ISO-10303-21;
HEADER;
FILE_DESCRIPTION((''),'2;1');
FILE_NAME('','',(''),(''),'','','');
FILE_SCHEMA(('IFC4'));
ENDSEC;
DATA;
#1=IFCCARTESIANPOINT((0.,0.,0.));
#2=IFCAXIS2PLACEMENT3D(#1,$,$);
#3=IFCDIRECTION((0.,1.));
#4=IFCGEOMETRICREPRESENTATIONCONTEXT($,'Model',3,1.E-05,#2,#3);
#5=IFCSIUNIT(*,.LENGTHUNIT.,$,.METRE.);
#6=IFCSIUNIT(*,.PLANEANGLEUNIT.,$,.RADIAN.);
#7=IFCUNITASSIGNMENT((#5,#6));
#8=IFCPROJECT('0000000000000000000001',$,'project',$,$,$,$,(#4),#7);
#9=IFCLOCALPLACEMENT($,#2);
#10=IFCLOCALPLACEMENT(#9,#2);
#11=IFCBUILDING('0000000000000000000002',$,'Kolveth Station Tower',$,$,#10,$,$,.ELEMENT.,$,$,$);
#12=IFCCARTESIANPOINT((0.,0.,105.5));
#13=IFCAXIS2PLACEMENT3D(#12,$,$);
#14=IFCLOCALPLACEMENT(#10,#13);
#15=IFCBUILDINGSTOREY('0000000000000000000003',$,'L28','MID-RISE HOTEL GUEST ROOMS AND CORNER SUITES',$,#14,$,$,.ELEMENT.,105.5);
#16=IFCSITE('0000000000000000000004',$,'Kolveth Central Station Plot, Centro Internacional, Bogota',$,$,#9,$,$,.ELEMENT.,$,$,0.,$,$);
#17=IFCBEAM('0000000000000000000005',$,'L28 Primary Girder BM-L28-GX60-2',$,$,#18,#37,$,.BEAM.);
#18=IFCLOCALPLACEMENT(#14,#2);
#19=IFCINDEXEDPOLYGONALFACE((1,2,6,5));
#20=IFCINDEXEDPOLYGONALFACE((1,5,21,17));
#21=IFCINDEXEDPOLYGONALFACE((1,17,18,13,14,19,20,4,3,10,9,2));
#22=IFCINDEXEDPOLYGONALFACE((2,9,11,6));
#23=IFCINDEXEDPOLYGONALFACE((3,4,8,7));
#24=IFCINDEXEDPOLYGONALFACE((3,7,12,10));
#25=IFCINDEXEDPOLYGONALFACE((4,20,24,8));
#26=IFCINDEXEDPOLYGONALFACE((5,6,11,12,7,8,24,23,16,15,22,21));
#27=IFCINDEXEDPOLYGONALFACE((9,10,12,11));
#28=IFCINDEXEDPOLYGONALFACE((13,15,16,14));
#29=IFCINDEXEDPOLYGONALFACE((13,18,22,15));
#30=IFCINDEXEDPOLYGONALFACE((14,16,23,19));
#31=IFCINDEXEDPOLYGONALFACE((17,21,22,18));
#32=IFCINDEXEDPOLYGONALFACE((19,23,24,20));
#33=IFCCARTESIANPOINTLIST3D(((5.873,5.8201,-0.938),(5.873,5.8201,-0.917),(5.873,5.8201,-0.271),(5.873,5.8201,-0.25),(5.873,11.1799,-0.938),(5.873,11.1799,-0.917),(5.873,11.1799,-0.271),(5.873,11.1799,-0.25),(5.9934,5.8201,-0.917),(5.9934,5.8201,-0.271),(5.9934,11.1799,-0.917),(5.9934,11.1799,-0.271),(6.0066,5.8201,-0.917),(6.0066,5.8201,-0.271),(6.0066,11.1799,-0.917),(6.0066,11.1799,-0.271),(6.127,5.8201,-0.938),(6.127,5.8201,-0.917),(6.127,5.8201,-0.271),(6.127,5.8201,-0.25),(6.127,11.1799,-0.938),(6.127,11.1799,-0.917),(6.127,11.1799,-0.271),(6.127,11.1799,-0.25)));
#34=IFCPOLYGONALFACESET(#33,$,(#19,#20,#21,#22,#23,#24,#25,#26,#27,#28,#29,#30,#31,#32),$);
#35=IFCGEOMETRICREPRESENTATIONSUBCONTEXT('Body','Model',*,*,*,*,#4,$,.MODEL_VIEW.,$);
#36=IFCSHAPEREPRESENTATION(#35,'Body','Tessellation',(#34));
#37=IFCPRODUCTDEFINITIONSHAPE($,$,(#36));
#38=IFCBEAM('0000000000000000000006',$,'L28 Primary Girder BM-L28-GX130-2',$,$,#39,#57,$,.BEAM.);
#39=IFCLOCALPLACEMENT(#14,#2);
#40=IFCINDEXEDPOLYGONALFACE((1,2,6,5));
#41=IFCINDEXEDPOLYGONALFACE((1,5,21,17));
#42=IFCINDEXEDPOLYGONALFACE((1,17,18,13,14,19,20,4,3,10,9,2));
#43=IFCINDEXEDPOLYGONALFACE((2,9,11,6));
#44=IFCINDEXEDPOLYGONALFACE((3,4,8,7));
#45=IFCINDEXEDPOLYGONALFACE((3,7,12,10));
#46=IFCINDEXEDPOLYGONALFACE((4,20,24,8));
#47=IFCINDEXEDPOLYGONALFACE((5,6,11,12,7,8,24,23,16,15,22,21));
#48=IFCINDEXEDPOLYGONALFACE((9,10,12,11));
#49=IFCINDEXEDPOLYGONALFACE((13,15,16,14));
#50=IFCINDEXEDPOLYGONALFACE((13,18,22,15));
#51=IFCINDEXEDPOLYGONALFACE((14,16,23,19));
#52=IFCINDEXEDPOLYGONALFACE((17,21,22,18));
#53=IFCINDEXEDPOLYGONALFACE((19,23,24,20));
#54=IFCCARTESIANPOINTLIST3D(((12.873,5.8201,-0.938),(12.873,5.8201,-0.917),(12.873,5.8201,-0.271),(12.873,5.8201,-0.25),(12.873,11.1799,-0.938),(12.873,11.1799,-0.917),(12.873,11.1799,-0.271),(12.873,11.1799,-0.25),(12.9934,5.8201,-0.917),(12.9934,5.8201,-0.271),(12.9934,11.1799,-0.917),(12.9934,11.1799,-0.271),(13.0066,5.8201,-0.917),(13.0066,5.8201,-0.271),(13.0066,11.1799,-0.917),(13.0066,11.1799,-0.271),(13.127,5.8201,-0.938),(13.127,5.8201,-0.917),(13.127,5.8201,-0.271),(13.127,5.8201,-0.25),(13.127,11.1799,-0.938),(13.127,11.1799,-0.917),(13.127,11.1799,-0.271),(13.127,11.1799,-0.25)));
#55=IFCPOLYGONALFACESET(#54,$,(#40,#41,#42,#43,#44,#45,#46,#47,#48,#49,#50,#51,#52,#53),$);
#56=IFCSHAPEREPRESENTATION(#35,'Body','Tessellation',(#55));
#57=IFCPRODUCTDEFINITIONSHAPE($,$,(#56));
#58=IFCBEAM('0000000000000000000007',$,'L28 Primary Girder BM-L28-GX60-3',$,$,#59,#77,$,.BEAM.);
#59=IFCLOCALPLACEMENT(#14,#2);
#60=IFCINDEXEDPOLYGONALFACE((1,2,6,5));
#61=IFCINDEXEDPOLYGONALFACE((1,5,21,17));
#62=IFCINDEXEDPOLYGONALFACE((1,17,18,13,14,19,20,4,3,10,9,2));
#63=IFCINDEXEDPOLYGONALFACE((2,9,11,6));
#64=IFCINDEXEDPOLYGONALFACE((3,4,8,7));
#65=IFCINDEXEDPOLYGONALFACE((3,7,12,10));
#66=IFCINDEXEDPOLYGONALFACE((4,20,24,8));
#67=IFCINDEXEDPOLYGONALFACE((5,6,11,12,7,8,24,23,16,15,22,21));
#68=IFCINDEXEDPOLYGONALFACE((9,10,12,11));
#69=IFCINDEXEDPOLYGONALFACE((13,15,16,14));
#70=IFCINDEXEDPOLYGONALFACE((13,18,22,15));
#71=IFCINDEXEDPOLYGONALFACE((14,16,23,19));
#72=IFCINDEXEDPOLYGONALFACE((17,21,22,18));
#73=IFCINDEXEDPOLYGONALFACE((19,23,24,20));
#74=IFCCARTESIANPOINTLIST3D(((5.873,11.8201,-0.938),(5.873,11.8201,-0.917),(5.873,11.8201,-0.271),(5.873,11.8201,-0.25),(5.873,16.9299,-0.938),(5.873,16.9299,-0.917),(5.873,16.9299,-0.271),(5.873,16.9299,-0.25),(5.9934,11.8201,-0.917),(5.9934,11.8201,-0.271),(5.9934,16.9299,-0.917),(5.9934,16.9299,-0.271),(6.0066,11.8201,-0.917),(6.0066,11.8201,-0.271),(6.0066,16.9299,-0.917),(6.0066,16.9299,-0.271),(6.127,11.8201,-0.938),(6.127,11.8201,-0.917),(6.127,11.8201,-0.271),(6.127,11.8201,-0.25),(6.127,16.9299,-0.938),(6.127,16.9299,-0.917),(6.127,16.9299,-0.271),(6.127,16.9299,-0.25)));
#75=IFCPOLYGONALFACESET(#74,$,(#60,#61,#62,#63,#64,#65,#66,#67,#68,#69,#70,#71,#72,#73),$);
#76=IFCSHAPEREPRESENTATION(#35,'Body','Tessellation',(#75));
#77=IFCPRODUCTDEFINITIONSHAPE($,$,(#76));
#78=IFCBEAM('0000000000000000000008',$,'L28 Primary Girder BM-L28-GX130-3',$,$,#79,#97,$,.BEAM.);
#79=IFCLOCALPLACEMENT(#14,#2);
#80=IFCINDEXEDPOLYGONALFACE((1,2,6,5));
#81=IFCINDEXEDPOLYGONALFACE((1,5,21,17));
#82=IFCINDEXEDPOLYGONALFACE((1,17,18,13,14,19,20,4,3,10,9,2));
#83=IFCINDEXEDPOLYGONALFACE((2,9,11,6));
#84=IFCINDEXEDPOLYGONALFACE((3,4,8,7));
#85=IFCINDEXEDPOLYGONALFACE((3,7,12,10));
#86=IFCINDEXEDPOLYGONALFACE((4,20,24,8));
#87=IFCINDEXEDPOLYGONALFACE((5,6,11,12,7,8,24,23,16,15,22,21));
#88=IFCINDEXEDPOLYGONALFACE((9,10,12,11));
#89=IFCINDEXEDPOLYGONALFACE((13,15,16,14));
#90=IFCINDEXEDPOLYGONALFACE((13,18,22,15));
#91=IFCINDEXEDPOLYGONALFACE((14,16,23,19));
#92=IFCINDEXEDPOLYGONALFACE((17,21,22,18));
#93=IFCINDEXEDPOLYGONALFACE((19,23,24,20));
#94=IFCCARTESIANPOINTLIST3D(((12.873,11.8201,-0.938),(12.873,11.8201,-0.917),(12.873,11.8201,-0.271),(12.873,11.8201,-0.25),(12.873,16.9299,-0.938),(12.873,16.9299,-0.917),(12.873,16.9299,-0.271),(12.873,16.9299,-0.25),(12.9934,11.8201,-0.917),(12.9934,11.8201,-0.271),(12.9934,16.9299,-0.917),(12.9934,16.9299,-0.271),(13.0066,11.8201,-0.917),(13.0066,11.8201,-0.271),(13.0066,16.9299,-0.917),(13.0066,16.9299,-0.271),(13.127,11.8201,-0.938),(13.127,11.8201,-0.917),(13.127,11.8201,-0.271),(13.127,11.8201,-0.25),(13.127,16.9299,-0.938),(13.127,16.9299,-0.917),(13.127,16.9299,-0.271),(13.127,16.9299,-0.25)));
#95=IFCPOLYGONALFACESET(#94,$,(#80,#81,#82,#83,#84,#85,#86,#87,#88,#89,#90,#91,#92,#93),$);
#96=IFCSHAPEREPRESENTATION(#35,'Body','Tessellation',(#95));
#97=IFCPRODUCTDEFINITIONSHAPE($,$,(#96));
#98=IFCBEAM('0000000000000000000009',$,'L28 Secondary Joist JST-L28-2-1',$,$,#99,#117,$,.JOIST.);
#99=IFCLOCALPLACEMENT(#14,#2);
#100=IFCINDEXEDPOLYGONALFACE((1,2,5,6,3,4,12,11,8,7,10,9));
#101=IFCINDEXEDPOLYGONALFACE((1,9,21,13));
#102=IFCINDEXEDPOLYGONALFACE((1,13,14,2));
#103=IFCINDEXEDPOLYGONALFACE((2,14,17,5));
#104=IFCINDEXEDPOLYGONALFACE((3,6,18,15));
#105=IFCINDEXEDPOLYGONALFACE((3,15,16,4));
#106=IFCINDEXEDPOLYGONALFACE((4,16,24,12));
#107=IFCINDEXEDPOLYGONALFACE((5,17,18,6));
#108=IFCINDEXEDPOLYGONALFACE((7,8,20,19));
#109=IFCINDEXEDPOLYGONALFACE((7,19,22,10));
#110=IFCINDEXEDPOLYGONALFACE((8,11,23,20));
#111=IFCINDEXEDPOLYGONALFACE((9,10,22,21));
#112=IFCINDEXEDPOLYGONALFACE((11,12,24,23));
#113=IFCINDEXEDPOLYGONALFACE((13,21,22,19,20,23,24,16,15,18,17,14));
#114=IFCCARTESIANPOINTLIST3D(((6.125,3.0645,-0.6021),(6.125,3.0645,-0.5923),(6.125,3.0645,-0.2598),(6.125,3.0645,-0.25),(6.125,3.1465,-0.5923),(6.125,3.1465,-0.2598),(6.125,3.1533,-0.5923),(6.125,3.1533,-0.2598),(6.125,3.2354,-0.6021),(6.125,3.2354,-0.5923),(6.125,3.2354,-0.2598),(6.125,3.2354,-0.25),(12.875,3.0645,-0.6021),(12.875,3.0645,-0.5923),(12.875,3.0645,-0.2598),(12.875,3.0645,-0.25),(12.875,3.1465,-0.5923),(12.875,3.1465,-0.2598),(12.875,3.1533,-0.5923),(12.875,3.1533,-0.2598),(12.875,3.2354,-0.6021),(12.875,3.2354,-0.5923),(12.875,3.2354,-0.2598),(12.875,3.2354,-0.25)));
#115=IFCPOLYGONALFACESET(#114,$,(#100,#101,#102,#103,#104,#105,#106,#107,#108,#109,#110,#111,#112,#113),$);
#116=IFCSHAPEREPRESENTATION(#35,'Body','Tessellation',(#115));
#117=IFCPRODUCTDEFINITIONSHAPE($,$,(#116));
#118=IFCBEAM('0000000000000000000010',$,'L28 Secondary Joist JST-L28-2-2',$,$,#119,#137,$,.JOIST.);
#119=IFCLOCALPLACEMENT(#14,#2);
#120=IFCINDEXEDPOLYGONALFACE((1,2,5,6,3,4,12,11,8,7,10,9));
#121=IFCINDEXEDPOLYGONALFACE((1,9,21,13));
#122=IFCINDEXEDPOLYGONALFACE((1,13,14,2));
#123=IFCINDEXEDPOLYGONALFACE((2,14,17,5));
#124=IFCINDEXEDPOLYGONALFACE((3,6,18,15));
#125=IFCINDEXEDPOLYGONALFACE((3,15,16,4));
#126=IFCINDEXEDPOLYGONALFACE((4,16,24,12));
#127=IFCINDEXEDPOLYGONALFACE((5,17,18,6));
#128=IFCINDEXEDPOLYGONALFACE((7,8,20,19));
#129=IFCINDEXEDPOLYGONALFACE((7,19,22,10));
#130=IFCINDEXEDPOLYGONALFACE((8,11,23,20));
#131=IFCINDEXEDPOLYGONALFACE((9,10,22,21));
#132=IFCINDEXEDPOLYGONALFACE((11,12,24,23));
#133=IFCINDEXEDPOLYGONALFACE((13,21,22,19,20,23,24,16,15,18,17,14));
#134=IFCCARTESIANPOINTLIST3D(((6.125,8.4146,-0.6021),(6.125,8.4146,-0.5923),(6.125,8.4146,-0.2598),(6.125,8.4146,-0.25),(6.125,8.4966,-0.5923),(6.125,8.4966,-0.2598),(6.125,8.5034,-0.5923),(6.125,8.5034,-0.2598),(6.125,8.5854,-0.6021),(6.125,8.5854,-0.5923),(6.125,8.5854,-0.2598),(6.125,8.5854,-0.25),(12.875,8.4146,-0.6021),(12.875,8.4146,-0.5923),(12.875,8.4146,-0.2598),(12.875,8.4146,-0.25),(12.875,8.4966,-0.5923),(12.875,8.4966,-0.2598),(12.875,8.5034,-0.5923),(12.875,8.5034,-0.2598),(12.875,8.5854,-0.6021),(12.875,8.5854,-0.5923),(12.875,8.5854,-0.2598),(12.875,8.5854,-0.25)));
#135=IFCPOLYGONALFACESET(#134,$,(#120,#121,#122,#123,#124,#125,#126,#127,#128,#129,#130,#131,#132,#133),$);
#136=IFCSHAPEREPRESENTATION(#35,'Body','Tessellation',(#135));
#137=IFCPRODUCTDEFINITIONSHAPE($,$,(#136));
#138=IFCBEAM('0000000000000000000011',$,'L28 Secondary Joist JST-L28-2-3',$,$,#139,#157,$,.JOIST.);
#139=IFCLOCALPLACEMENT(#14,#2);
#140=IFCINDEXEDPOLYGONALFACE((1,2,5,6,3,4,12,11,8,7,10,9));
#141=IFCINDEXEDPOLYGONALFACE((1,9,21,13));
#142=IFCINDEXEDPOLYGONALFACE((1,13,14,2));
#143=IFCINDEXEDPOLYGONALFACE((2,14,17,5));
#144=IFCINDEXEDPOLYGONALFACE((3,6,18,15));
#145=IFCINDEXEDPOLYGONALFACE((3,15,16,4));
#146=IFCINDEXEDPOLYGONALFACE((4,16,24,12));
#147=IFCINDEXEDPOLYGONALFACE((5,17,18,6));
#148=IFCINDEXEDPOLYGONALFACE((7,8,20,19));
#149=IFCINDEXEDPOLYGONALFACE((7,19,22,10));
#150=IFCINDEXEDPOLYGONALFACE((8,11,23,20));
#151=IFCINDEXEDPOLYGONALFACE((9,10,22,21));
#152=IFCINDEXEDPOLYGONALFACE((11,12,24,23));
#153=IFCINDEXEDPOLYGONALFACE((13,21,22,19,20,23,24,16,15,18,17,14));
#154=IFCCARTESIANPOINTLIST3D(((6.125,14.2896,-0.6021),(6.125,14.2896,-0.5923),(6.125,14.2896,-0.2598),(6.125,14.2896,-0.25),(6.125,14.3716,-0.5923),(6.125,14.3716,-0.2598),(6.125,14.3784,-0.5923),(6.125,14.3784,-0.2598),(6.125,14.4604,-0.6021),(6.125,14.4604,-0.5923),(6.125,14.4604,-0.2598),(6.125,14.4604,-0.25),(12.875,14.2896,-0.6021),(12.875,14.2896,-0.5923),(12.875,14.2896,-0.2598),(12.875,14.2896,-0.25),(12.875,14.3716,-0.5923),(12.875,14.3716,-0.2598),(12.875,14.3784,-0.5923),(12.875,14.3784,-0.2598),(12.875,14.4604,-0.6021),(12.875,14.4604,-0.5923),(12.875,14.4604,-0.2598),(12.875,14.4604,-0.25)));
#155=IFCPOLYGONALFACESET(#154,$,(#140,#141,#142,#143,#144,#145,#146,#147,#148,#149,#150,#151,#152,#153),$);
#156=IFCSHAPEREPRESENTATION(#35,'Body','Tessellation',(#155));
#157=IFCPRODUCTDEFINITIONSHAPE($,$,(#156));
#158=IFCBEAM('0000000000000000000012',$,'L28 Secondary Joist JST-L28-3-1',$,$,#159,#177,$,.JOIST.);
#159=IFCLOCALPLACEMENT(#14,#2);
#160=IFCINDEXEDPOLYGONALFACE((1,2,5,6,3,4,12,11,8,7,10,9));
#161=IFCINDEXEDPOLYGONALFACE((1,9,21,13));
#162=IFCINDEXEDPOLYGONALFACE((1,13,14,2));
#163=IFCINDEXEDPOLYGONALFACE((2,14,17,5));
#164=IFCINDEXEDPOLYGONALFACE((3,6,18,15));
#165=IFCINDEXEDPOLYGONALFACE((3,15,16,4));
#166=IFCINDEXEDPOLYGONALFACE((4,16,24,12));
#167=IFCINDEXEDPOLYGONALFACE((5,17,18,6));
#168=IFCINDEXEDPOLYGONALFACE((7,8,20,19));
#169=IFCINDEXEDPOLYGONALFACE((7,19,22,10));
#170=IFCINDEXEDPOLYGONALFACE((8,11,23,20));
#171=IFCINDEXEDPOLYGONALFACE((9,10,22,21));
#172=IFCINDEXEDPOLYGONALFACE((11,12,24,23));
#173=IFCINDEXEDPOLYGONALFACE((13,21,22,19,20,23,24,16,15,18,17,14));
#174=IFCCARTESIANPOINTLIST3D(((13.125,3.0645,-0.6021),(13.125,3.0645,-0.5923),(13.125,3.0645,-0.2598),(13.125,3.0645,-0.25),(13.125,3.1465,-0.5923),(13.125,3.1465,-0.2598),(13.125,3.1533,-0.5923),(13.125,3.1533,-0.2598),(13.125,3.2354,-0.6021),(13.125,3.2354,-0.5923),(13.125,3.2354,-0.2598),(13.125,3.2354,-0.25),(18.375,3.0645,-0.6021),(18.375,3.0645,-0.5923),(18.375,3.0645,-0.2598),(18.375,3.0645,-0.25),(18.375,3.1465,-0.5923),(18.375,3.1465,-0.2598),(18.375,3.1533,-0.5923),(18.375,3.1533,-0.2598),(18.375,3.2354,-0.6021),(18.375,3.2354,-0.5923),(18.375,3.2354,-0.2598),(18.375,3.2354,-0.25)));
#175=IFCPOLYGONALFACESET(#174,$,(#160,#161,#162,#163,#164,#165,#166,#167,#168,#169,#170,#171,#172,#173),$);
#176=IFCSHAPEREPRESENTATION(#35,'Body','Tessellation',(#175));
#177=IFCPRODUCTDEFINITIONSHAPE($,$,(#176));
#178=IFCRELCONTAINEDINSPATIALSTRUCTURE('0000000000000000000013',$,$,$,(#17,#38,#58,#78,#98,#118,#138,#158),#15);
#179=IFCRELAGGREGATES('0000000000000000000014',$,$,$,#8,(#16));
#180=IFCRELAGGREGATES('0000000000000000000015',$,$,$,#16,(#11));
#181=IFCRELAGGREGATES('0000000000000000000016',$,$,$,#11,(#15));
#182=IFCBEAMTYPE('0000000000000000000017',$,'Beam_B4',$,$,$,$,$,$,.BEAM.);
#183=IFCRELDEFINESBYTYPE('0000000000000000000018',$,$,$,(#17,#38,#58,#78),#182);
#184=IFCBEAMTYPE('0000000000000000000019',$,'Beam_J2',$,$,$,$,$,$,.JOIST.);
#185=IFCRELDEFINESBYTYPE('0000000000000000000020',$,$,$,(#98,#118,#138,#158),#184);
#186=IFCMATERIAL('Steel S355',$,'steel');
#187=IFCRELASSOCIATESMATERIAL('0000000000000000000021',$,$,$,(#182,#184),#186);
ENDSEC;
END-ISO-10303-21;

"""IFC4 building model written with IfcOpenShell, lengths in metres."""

from ifc_helpers import new_model, si_unit, direction, frame, origin, origin_2d, place, context, subcontext, project, spatial, i_section, extrude, source, transform, mapped, material, material_profile, profile_set, type_object, element, save


model = new_model("IFC4")

# Units and contexts
model_context = context("Model", 3, precision=1e-05, world=origin(), true_north=direction((0.0, 1.0)))
body_context = subcontext(model_context, "Body", "Model", "MODEL_VIEW")
ifc_project = project(units=[si_unit("LENGTHUNIT", "METRE"), si_unit("PLANEANGLEUNIT", "RADIAN")], contexts=[model_context])

# Site, building, storey
site_placement = place(None, origin())
site = spatial("IfcSite", under=ifc_project, at=site_placement, Name="Kolveth Central Station Plot, Centro Internacional, Bogota", CompositionType="ELEMENT", RefElevation=0.0)
building_placement = place(site_placement, origin())
building = spatial("IfcBuilding", under=site, at=building_placement, Name="Kolveth Station Tower", CompositionType="ELEMENT")
storey_placement = place(building_placement, frame((0.0, 0.0, 105.5)))
storey = spatial("IfcBuildingStorey", under=building, at=storey_placement, Name="L28", Description="MID-RISE HOTEL GUEST ROOMS AND CORNER SUITES", CompositionType="ELEMENT", Elevation=105.5)

# Beams
ifc_material_1 = material(Name="Steel S355", Category="steel")
ifc_material_profile_1 = material_profile(ifc_material_1, i_section(OverallWidth=0.2539, OverallDepth=0.688, WebThickness=0.0132, FlangeThickness=0.021, at=origin_2d()), Name="W690x152")
ifc_profile_set_1 = profile_set([ifc_material_profile_1], Name="Steel S355")
beam_type_1 = type_object("IfcBeamType", Name="Beam_B4", PredefinedType="BEAM", material=ifc_profile_set_1)
shared_shape_1 = source(origin(), body_context, "Body", "SweptSolid", [
    extrude(i_section(OverallWidth=0.2539, OverallDepth=0.688, WebThickness=0.0132, FlangeThickness=0.021, at=origin_2d()), origin(), (0.0, 0.0, 1.0), 5.3599),
])
for number, where, z_axis, x_axis, name in (
    (1, (6.0, 5.8201, -0.594), (0.0, 1.0, 0.0), (-1.0, 0.0, 0.0), "L28 Primary Girder BM-L28-GX60-2"),
    (2, (13.0, 5.8201, -0.594), (0.0, 1.0, 0.0), (-1.0, 0.0, 0.0), "L28 Primary Girder BM-L28-GX130-2"),
):
    element("IfcBeam", number, at=place(storey_placement, frame(where, z_axis=z_axis, x_axis=x_axis)), inside=storey, type_object=beam_type_1, Name=name, PredefinedType="BEAM", context=body_context, shape_type="MappedRepresentation", body=[
        mapped(shared_shape_1, transform((0.0, 0.0, 0.0), x_axis=(1.0, 0.0, 0.0), y_axis=(0.0, 1.0, 0.0), z_axis=(0.0, 0.0, 1.0), scale=1.0)),
    ])
shared_shape_2 = source(origin(), body_context, "Body", "SweptSolid", [
    extrude(i_section(OverallWidth=0.2539, OverallDepth=0.688, WebThickness=0.0132, FlangeThickness=0.021, at=origin_2d()), origin(), (0.0, 0.0, 1.0), 5.1099),
])
for number, where, z_axis, x_axis, name in (
    (3, (6.0, 11.8201, -0.594), (0.0, 1.0, 0.0), (-1.0, 0.0, 0.0), "L28 Primary Girder BM-L28-GX60-3"),
    (4, (13.0, 11.8201, -0.594), (0.0, 1.0, 0.0), (-1.0, 0.0, 0.0), "L28 Primary Girder BM-L28-GX130-3"),
):
    element("IfcBeam", number, at=place(storey_placement, frame(where, z_axis=z_axis, x_axis=x_axis)), inside=storey, type_object=beam_type_1, Name=name, PredefinedType="BEAM", context=body_context, shape_type="MappedRepresentation", body=[
        mapped(shared_shape_2, transform((0.0, 0.0, 0.0), x_axis=(1.0, 0.0, 0.0), y_axis=(0.0, 1.0, 0.0), z_axis=(0.0, 0.0, 1.0), scale=1.0)),
    ])
ifc_material_profile_2 = material_profile(ifc_material_1, i_section(OverallWidth=0.1709, OverallDepth=0.3521, WebThickness=0.0068, FlangeThickness=0.0098, at=origin_2d()), Name="W360x44")
ifc_profile_set_2 = profile_set([ifc_material_profile_2], Name="Steel S355")
beam_type_2 = type_object("IfcBeamType", Name="Beam_J2", PredefinedType="JOIST", material=ifc_profile_set_2)
shared_shape_3 = source(origin(), body_context, "Body", "SweptSolid", [
    extrude(i_section(OverallWidth=0.1709, OverallDepth=0.3521, WebThickness=0.0068, FlangeThickness=0.0098, at=origin_2d()), origin(), (0.0, 0.0, 1.0), 6.75),
])
for number, where, z_axis, x_axis, name in (
    (5, (6.125, 3.1499, -0.426), (1.0, 0.0, 0.0), (0.0, 1.0, 0.0), "L28 Secondary Joist JST-L28-2-1"),
    (6, (6.125, 8.5, -0.426), (1.0, 0.0, 0.0), (0.0, 1.0, 0.0), "L28 Secondary Joist JST-L28-2-2"),
    (7, (6.125, 14.375, -0.426), (1.0, 0.0, 0.0), (0.0, 1.0, 0.0), "L28 Secondary Joist JST-L28-2-3"),
):
    element("IfcBeam", number, at=place(storey_placement, frame(where, z_axis=z_axis, x_axis=x_axis)), inside=storey, type_object=beam_type_2, Name=name, PredefinedType="JOIST", context=body_context, shape_type="MappedRepresentation", body=[
        mapped(shared_shape_3, transform((0.0, 0.0, 0.0), x_axis=(1.0, 0.0, 0.0), y_axis=(0.0, 1.0, 0.0), z_axis=(0.0, 0.0, 1.0), scale=1.0)),
    ])
shared_shape_4 = source(origin(), body_context, "Body", "SweptSolid", [
    extrude(i_section(OverallWidth=0.1709, OverallDepth=0.3521, WebThickness=0.0068, FlangeThickness=0.0098, at=origin_2d()), origin(), (0.0, 0.0, 1.0), 5.25),
])
beam_1_placement = place(storey_placement, frame((13.125, 3.1499, -0.426), z_axis=(1.0, 0.0, 0.0), x_axis=(0.0, 1.0, 0.0)))
element("IfcBeam", 8, at=beam_1_placement, inside=storey, type_object=beam_type_2, Name="L28 Secondary Joist JST-L28-3-1", PredefinedType="JOIST", context=body_context, shape_type="MappedRepresentation", body=[
    mapped(shared_shape_4, transform((0.0, 0.0, 0.0), x_axis=(1.0, 0.0, 0.0), y_axis=(0.0, 1.0, 0.0), z_axis=(0.0, 0.0, 1.0), scale=1.0)),
])

save(model, "model.ifc")
